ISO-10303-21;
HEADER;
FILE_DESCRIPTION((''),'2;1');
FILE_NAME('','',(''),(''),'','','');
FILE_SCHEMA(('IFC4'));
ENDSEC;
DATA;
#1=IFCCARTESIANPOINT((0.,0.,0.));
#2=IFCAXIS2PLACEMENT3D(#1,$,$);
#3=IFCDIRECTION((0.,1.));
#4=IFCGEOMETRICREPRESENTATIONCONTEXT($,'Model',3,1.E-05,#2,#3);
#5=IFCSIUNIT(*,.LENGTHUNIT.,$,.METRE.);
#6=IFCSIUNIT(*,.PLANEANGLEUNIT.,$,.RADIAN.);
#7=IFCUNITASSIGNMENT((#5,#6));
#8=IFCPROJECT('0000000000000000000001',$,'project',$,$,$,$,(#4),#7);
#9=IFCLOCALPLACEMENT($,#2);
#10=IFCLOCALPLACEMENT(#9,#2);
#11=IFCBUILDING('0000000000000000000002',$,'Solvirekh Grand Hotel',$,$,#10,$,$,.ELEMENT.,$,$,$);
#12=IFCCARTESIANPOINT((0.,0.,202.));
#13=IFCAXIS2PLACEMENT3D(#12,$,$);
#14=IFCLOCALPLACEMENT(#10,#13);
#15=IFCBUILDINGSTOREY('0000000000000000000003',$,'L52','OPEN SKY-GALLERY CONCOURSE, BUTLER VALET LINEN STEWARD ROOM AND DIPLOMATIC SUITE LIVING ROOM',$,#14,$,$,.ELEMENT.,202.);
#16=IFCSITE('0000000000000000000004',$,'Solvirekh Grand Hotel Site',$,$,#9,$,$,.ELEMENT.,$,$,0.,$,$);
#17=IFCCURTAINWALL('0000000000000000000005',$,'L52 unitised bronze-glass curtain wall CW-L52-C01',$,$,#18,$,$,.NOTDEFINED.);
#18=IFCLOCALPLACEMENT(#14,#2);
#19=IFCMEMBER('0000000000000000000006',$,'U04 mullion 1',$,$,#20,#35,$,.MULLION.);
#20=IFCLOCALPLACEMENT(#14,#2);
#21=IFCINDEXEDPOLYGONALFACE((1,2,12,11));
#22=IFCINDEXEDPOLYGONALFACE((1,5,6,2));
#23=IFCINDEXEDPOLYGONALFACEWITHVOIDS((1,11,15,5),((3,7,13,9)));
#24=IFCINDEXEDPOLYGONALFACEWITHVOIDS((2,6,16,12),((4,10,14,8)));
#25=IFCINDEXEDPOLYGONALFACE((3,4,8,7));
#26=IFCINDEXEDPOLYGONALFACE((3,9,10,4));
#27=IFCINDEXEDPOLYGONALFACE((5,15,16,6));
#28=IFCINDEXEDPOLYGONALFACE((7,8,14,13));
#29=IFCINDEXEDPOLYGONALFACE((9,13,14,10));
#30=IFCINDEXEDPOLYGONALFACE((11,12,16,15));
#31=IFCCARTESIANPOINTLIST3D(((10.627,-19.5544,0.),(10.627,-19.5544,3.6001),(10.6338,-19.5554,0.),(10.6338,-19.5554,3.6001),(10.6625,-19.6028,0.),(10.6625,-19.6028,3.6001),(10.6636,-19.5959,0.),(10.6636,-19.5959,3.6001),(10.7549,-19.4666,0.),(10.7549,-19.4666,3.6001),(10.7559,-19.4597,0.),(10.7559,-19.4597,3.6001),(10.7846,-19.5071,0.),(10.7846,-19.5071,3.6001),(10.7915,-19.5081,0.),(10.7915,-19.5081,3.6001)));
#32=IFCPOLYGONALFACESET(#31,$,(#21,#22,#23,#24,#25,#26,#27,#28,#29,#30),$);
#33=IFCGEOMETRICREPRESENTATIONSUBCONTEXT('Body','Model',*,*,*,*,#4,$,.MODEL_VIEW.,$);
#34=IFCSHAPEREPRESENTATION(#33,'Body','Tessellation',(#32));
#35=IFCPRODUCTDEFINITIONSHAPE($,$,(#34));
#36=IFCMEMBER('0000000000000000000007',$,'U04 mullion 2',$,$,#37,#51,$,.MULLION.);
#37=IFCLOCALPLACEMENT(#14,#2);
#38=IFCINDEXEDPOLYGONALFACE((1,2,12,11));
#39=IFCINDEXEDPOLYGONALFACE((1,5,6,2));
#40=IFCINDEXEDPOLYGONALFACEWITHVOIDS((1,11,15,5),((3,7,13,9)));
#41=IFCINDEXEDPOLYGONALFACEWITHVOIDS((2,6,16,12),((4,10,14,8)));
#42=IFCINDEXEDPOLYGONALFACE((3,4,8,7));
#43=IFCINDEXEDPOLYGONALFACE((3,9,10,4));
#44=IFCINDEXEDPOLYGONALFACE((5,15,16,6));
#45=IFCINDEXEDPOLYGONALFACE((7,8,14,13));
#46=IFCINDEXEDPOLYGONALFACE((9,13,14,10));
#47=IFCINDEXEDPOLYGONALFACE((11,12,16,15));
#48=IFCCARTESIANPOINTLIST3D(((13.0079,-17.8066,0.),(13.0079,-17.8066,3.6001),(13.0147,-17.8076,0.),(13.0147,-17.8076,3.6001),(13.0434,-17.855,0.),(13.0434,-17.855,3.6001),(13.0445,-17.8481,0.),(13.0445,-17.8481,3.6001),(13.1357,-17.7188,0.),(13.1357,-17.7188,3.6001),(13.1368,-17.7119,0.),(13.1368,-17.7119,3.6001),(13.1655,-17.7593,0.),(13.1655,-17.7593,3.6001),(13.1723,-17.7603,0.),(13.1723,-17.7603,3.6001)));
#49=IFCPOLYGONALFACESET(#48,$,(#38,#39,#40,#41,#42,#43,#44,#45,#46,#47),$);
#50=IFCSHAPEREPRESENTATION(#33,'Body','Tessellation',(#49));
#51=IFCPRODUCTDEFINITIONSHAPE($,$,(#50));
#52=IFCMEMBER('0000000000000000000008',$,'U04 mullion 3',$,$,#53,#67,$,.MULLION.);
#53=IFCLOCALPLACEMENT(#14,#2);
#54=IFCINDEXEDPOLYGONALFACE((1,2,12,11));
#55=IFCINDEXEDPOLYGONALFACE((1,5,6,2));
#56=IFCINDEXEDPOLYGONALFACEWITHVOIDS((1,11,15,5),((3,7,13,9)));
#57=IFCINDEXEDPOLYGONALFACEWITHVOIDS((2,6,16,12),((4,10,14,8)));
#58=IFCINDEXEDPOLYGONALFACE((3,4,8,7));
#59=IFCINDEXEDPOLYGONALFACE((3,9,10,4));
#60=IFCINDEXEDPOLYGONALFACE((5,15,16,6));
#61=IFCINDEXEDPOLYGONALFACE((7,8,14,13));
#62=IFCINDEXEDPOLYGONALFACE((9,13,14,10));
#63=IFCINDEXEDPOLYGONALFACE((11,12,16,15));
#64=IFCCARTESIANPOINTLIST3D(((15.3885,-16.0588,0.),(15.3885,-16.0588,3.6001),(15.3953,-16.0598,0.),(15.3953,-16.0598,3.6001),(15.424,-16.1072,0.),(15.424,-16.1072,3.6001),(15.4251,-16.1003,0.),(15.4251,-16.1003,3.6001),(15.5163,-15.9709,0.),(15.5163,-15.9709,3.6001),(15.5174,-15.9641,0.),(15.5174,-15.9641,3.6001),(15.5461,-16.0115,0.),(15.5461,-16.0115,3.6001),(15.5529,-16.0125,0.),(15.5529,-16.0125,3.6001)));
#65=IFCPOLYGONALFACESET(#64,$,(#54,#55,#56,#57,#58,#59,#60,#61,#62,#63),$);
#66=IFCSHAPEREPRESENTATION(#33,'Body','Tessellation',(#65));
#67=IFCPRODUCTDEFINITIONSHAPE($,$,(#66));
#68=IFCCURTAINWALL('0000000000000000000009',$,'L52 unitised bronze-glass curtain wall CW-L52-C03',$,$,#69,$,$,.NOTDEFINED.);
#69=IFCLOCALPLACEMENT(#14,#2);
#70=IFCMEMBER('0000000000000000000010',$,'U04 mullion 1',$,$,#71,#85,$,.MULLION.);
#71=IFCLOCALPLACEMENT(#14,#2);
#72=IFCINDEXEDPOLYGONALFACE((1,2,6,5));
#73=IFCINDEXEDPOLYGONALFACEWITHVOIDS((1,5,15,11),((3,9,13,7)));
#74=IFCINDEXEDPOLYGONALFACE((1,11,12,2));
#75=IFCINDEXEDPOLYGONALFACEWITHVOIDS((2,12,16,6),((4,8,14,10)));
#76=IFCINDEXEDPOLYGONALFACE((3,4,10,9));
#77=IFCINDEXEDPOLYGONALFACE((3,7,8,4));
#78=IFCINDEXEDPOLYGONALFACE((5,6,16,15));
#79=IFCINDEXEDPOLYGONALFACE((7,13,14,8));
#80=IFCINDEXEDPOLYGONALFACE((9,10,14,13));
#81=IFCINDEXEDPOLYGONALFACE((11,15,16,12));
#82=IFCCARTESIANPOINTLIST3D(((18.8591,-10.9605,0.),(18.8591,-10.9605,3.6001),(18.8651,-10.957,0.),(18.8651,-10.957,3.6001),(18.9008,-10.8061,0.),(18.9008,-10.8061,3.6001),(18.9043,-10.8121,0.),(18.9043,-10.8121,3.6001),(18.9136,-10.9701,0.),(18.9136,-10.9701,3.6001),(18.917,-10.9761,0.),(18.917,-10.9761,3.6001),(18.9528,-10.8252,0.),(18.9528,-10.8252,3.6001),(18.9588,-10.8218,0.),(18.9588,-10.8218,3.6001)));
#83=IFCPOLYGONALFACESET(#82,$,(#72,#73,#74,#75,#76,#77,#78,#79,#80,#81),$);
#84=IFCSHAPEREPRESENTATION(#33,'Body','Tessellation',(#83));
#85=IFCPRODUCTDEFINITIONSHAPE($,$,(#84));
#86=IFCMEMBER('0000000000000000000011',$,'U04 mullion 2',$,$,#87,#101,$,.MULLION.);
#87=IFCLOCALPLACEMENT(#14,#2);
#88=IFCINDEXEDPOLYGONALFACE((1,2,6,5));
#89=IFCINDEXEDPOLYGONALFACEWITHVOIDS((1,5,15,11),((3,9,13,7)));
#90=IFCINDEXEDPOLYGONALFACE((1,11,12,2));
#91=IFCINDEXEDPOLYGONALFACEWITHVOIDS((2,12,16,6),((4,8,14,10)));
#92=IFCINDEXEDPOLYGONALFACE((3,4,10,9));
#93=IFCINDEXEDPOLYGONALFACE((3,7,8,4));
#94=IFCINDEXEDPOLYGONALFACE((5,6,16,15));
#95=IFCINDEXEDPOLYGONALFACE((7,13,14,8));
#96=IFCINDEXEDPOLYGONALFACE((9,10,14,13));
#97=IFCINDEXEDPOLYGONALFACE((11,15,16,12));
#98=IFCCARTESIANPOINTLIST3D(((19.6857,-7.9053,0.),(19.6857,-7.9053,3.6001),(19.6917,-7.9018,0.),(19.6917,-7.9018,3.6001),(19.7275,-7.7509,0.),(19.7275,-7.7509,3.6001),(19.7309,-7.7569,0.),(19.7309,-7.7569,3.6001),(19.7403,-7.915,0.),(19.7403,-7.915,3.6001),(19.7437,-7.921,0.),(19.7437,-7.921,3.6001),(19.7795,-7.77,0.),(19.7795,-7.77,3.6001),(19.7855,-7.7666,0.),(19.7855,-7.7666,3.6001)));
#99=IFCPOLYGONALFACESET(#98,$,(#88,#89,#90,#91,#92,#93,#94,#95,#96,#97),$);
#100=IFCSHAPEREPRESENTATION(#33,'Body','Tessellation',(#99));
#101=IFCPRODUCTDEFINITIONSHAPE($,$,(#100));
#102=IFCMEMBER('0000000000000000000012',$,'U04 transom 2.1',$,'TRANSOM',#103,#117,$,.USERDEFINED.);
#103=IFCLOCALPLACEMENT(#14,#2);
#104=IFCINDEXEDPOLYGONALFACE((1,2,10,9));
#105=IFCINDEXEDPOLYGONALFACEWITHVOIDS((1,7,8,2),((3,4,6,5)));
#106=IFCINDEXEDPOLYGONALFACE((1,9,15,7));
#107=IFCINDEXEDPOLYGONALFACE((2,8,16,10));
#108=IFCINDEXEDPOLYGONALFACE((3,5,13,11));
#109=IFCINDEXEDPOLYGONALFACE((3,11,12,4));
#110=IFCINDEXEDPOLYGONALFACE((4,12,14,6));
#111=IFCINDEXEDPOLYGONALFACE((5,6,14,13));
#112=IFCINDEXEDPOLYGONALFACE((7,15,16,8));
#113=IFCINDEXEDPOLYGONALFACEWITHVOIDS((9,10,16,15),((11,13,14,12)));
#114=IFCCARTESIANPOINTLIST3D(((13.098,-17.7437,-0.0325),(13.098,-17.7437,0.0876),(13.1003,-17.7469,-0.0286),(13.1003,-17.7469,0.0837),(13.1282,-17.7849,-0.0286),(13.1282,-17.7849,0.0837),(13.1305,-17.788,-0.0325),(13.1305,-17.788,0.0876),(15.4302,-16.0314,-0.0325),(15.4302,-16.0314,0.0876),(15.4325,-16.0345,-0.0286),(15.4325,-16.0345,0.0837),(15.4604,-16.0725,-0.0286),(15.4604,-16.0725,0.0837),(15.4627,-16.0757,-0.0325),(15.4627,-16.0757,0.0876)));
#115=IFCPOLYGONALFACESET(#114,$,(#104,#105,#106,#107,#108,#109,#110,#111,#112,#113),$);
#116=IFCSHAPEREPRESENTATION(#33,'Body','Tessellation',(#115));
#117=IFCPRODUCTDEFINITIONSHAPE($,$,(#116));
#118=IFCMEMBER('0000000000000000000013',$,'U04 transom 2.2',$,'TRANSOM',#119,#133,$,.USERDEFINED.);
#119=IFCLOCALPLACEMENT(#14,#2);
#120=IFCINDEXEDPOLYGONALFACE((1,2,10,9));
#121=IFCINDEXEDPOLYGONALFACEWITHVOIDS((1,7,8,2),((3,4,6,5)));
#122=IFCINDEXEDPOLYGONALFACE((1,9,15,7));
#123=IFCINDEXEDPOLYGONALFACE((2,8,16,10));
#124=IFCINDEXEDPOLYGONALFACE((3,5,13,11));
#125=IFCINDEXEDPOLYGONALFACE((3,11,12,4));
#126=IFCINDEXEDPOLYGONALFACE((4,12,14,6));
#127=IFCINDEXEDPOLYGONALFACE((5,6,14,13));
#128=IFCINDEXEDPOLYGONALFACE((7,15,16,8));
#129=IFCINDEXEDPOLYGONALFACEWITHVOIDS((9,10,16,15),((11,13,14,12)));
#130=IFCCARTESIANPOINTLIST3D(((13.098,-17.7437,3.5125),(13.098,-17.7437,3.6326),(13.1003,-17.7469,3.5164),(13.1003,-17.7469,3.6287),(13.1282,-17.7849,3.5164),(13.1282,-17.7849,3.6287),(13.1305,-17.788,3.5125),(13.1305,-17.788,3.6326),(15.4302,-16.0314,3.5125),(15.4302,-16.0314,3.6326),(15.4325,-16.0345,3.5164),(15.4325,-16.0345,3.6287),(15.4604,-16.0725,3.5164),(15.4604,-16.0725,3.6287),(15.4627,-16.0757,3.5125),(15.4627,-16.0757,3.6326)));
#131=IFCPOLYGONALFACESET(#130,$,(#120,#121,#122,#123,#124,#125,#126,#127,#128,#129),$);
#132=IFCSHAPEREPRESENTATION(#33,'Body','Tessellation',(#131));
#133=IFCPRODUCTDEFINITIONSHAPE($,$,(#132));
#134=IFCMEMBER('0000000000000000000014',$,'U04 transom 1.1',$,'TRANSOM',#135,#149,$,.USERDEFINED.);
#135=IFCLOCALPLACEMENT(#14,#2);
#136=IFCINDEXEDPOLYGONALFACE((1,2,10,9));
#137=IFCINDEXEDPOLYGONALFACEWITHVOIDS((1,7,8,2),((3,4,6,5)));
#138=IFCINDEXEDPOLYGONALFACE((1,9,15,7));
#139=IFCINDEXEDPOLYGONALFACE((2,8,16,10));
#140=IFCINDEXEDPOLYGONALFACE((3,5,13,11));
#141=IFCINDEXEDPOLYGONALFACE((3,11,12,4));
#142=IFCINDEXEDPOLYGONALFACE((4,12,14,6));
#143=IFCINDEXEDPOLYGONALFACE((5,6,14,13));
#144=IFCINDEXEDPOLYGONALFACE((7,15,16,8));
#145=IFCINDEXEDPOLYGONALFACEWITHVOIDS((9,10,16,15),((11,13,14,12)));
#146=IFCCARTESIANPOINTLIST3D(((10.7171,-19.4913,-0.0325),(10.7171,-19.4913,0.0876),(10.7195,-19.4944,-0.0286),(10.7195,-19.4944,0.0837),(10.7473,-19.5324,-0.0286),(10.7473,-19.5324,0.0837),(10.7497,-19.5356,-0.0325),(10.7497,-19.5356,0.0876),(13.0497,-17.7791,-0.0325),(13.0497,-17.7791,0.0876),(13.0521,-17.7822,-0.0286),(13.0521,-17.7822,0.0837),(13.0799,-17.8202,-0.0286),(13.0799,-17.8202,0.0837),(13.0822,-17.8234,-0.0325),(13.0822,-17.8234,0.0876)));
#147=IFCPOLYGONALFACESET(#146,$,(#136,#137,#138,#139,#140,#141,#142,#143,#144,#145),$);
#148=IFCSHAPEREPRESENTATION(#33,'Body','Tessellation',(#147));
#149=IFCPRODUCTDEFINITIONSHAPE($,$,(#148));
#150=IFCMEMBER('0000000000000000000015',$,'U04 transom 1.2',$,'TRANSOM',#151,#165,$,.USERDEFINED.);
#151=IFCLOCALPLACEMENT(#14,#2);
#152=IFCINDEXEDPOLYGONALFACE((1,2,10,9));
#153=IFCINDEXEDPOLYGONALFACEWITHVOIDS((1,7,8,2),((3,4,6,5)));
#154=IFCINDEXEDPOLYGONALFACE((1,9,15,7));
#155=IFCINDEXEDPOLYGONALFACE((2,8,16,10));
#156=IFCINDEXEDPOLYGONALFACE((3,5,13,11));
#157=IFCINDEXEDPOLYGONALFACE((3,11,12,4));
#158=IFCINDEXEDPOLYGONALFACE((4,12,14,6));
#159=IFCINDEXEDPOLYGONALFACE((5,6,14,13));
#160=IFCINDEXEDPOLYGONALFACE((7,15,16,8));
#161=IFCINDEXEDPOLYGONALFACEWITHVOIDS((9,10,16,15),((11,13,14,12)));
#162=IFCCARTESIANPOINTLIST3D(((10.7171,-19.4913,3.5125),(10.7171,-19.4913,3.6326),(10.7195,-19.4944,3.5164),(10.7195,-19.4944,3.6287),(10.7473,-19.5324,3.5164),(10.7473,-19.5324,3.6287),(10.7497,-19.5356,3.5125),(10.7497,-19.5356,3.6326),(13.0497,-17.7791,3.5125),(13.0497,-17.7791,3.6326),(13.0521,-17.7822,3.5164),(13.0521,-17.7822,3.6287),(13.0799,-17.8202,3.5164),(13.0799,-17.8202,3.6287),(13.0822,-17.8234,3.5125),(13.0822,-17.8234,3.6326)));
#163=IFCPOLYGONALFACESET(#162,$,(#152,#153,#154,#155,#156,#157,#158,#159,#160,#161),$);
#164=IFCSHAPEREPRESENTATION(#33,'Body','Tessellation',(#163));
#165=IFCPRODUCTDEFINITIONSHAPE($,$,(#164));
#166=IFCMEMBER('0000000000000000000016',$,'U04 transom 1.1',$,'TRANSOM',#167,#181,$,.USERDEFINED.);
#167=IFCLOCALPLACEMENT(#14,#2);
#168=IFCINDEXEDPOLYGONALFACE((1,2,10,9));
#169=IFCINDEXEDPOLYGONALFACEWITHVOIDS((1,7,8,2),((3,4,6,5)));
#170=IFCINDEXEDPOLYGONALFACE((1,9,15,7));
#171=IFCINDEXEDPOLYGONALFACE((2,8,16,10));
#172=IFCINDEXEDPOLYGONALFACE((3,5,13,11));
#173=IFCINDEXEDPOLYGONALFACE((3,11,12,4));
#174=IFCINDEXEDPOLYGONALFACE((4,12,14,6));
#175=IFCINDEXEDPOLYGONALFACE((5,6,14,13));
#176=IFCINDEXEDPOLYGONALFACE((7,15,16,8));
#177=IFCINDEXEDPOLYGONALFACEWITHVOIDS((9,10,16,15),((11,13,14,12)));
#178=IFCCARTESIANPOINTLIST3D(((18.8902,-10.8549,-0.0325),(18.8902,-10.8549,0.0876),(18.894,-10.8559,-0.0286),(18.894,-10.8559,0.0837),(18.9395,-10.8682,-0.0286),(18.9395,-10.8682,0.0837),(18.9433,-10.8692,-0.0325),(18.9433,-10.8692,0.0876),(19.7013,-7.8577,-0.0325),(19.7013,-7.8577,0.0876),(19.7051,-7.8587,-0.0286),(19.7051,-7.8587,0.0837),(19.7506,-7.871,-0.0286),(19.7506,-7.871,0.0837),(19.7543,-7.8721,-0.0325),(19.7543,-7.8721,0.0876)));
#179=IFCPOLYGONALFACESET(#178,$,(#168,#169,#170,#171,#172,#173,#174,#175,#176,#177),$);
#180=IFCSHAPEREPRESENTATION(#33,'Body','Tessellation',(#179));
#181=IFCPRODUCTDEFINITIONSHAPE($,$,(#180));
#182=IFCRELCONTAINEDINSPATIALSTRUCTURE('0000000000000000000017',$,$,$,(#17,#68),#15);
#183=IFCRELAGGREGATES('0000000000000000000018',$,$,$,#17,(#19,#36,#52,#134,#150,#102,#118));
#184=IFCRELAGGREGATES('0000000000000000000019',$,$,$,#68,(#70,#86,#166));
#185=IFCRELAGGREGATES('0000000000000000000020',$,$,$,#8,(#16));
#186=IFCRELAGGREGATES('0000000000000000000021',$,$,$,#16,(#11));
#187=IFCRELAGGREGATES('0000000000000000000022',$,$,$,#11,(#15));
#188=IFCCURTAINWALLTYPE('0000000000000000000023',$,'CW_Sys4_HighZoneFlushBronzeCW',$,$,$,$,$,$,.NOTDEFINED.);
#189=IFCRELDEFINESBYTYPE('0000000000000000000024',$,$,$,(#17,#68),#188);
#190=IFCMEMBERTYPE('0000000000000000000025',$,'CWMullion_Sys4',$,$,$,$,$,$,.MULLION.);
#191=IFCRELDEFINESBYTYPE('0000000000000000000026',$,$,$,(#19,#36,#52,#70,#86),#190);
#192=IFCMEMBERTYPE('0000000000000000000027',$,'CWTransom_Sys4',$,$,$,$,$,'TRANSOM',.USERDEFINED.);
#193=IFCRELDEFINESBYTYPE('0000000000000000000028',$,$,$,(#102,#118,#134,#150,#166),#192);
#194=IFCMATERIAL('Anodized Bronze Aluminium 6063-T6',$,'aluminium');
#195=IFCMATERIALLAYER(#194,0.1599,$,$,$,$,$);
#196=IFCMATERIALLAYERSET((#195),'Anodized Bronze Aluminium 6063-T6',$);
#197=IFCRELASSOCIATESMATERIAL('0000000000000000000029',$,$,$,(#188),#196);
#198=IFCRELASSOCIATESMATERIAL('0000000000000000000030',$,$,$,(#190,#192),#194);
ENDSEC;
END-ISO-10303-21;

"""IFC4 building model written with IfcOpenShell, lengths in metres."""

from ifc_helpers import new_model, si_unit, direction, frame, origin, origin_2d, place, context, subcontext, project, spatial, hollow_rectangle, extrude, source, transform, mapped, material, layer, layer_set, material_profile, profile_set, type_object, element, aggregate, save


model = new_model("IFC4")

# Units and contexts
model_context = context("Model", 3, precision=1e-05, world=origin(), true_north=direction((0.0, 1.0)))
body_context = subcontext(model_context, "Body", "Model", "MODEL_VIEW")
ifc_project = project(units=[si_unit("LENGTHUNIT", "METRE"), si_unit("PLANEANGLEUNIT", "RADIAN")], contexts=[model_context])

# Site, building, storey
site_placement = place(None, origin())
site = spatial("IfcSite", under=ifc_project, at=site_placement, Name="Solvirekh Grand Hotel Site", CompositionType="ELEMENT", RefElevation=0.0)
building_placement = place(site_placement, origin())
building = spatial("IfcBuilding", under=site, at=building_placement, Name="Solvirekh Grand Hotel", CompositionType="ELEMENT")
storey_placement = place(building_placement, frame((0.0, 0.0, 202.0)))
storey = spatial("IfcBuildingStorey", under=building, at=storey_placement, Name="L52", Description="OPEN SKY-GALLERY CONCOURSE, BUTLER VALET LINEN STEWARD ROOM AND DIPLOMATIC SUITE LIVING ROOM", CompositionType="ELEMENT", Elevation=202.0)

# Curtain walls, members
ifc_material_1 = material(Name="Anodized Bronze Aluminium 6063-T6", Category="aluminium")
ifc_layer_1 = layer(ifc_material_1, 0.1599)
ifc_layer_set_1 = layer_set([ifc_layer_1], Name="Anodized Bronze Aluminium 6063-T6")
curtain_wall_type = type_object("IfcCurtainWallType", Name="CW_Sys4_HighZoneFlushBronzeCW", PredefinedType="NOTDEFINED", material=ifc_layer_set_1)
curtain_wall_1_placement = place(storey_placement, origin())
curtain_wall_1 = element("IfcCurtainWall", 1, at=curtain_wall_1_placement, inside=storey, type_object=curtain_wall_type, Name="L52 unitised bronze-glass curtain wall CW-L52-C01", PredefinedType="NOTDEFINED")
ifc_material_profile_1 = material_profile(ifc_material_1, hollow_rectangle(XDim=0.0601, YDim=0.1599, WallThickness=0.0049, at=origin_2d()), Name="ALU RHS 160X60X5")
ifc_profile_set_1 = profile_set([ifc_material_profile_1], Name="Anodized Bronze Aluminium 6063-T6")
member_type_1 = type_object("IfcMemberType", Name="CWMullion_Sys4", PredefinedType="MULLION", material=ifc_profile_set_1)
shared_shape_1 = source(origin(), body_context, "Body", "SweptSolid", [
    extrude(hollow_rectangle(XDim=0.0601, YDim=0.1599, WallThickness=0.0049, at=origin_2d()), origin(), (0.0, 0.0, 1.0), 3.6001),
])
member_1_placement = place(storey_placement, frame((10.7092, -19.5312, 0.0), z_axis=(0.0, 0.0, 1.0), x_axis=(-0.591763, 0.806112, 0.0)))
member_1 = element("IfcMember", 2, at=member_1_placement, type_object=member_type_1, Name="U04 mullion 1", PredefinedType="MULLION", context=body_context, shape_type="MappedRepresentation", body=[
    mapped(shared_shape_1, transform((0.0, 0.0, 0.0), x_axis=(1.0, 0.0, 0.0), y_axis=(0.0, 1.0, 0.0), z_axis=(0.0, 0.0, 1.0), scale=1.0)),
])
member_2_placement = place(storey_placement, frame((13.0901, -17.7834, 0.0), z_axis=(0.0, 0.0, 1.0), x_axis=(-0.591763, 0.806112, 0.0)))
member_2 = element("IfcMember", 3, at=member_2_placement, type_object=member_type_1, Name="U04 mullion 2", PredefinedType="MULLION", context=body_context, shape_type="MappedRepresentation", body=[
    mapped(shared_shape_1, transform((0.0, 0.0, 0.0), x_axis=(1.0, 0.0, 0.0), y_axis=(0.0, 1.0, 0.0), z_axis=(0.0, 0.0, 1.0), scale=1.0)),
])
member_3_placement = place(storey_placement, frame((15.4707, -16.0356, 0.0), z_axis=(0.0, 0.0, 1.0), x_axis=(-0.591763, 0.806112, 0.0)))
member_3 = element("IfcMember", 4, at=member_3_placement, type_object=member_type_1, Name="U04 mullion 3", PredefinedType="MULLION", context=body_context, shape_type="MappedRepresentation", body=[
    mapped(shared_shape_1, transform((0.0, 0.0, 0.0), x_axis=(1.0, 0.0, 0.0), y_axis=(0.0, 1.0, 0.0), z_axis=(0.0, 0.0, 1.0), scale=1.0)),
])
curtain_wall_2_placement = place(storey_placement, origin())
curtain_wall_2 = element("IfcCurtainWall", 5, at=curtain_wall_2_placement, inside=storey, type_object=curtain_wall_type, Name="L52 unitised bronze-glass curtain wall CW-L52-C03", PredefinedType="NOTDEFINED")
member_4_placement = place(storey_placement, frame((18.9089, -10.8911, 0.0), z_axis=(0.0, 0.0, 1.0), x_axis=(-0.965286, 0.261197, 0.0)))
member_4 = element("IfcMember", 6, at=member_4_placement, type_object=member_type_1, Name="U04 mullion 1", PredefinedType="MULLION", context=body_context, shape_type="MappedRepresentation", body=[
    mapped(shared_shape_1, transform((0.0, 0.0, 0.0), x_axis=(1.0, 0.0, 0.0), y_axis=(0.0, 1.0, 0.0), z_axis=(0.0, 0.0, 1.0), scale=1.0)),
])
member_5_placement = place(storey_placement, frame((19.7356, -7.8359, 0.0), z_axis=(0.0, 0.0, 1.0), x_axis=(-0.965286, 0.261197, 0.0)))
member_5 = element("IfcMember", 7, at=member_5_placement, type_object=member_type_1, Name="U04 mullion 2", PredefinedType="MULLION", context=body_context, shape_type="MappedRepresentation", body=[
    mapped(shared_shape_1, transform((0.0, 0.0, 0.0), x_axis=(1.0, 0.0, 0.0), y_axis=(0.0, 1.0, 0.0), z_axis=(0.0, 0.0, 1.0), scale=1.0)),
])

# Members
ifc_material_profile_2 = material_profile(ifc_material_1, hollow_rectangle(XDim=0.0549, YDim=0.1201, WallThickness=0.0039, at=origin_2d()), Name="ALU RHS 120X55X4")
ifc_profile_set_2 = profile_set([ifc_material_profile_2], Name="Anodized Bronze Aluminium 6063-T6")
member_type_2 = type_object("IfcMemberType", Name="CWTransom_Sys4", ElementType="TRANSOM", PredefinedType="USERDEFINED", material=ifc_profile_set_2)
shared_shape_2 = source(origin(), body_context, "Body", "SweptSolid", [
    extrude(hollow_rectangle(XDim=0.0549, YDim=0.1201, WallThickness=0.0039, at=origin_2d()), origin(), (0.0, 0.0, 1.0), 2.8933),
])
member_6_placement = place(storey_placement, frame((13.1143, -17.7659, 0.0276), z_axis=(0.806064, 0.591828, 0.0), x_axis=(-0.591828, 0.806064, 0.0)))
member_6 = element("IfcMember", 8, at=member_6_placement, type_object=member_type_2, Name="U04 transom 2.1", ObjectType="TRANSOM", PredefinedType="USERDEFINED", context=body_context, shape_type="MappedRepresentation", body=[
    mapped(shared_shape_2, transform((0.0, 0.0, 0.0), x_axis=(1.0, 0.0, 0.0), y_axis=(0.0, 1.0, 0.0), z_axis=(0.0, 0.0, 1.0), scale=1.0)),
])
member_7_placement = place(storey_placement, frame((13.1143, -17.7659, 3.5725), z_axis=(0.806064, 0.591828, 0.0), x_axis=(-0.591828, 0.806064, 0.0)))
member_7 = element("IfcMember", 9, at=member_7_placement, type_object=member_type_2, Name="U04 transom 2.2", ObjectType="TRANSOM", PredefinedType="USERDEFINED", context=body_context, shape_type="MappedRepresentation", body=[
    mapped(shared_shape_2, transform((0.0, 0.0, 0.0), x_axis=(1.0, 0.0, 0.0), y_axis=(0.0, 1.0, 0.0), z_axis=(0.0, 0.0, 1.0), scale=1.0)),
])
shared_shape_3 = source(origin(), body_context, "Body", "SweptSolid", [
    extrude(hollow_rectangle(XDim=0.0549, YDim=0.1201, WallThickness=0.0039, at=origin_2d()), origin(), (0.0, 0.0, 1.0), 2.8936),
])
member_8_placement = place(storey_placement, frame((10.7334, -19.5134, 0.0276), z_axis=(0.806134, 0.591733, 0.0), x_axis=(-0.591733, 0.806134, 0.0)))
member_8 = element("IfcMember", 10, at=member_8_placement, type_object=member_type_2, Name="U04 transom 1.1", ObjectType="TRANSOM", PredefinedType="USERDEFINED", context=body_context, shape_type="MappedRepresentation", body=[
    mapped(shared_shape_3, transform((0.0, 0.0, 0.0), x_axis=(1.0, 0.0, 0.0), y_axis=(0.0, 1.0, 0.0), z_axis=(0.0, 0.0, 1.0), scale=1.0)),
])
member_9_placement = place(storey_placement, frame((10.7334, -19.5134, 3.5725), z_axis=(0.806134, 0.591733, 0.0), x_axis=(-0.591733, 0.806134, 0.0)))
member_9 = element("IfcMember", 11, at=member_9_placement, type_object=member_type_2, Name="U04 transom 1.2", ObjectType="TRANSOM", PredefinedType="USERDEFINED", context=body_context, shape_type="MappedRepresentation", body=[
    mapped(shared_shape_3, transform((0.0, 0.0, 0.0), x_axis=(1.0, 0.0, 0.0), y_axis=(0.0, 1.0, 0.0), z_axis=(0.0, 0.0, 1.0), scale=1.0)),
])
shared_shape_4 = source(origin(), body_context, "Body", "SweptSolid", [
    extrude(hollow_rectangle(XDim=0.0549, YDim=0.1201, WallThickness=0.0039, at=origin_2d()), origin(), (0.0, 0.0, 1.0), 3.105),
])
member_10_placement = place(storey_placement, frame((18.9167, -10.8621, 0.0276), z_axis=(0.261214, 0.965281, 0.0), x_axis=(-0.965281, 0.261214, 0.0)))
member_10 = element("IfcMember", 12, at=member_10_placement, type_object=member_type_2, Name="U04 transom 1.1", ObjectType="TRANSOM", PredefinedType="USERDEFINED", context=body_context, shape_type="MappedRepresentation", body=[
    mapped(shared_shape_4, transform((0.0, 0.0, 0.0), x_axis=(1.0, 0.0, 0.0), y_axis=(0.0, 1.0, 0.0), z_axis=(0.0, 0.0, 1.0), scale=1.0)),
])

aggregate(curtain_wall_1, [member_1, member_2, member_3, member_8, member_9, member_6, member_7])
aggregate(curtain_wall_2, [member_4, member_5, member_10])

save(model, "model.ifc")
